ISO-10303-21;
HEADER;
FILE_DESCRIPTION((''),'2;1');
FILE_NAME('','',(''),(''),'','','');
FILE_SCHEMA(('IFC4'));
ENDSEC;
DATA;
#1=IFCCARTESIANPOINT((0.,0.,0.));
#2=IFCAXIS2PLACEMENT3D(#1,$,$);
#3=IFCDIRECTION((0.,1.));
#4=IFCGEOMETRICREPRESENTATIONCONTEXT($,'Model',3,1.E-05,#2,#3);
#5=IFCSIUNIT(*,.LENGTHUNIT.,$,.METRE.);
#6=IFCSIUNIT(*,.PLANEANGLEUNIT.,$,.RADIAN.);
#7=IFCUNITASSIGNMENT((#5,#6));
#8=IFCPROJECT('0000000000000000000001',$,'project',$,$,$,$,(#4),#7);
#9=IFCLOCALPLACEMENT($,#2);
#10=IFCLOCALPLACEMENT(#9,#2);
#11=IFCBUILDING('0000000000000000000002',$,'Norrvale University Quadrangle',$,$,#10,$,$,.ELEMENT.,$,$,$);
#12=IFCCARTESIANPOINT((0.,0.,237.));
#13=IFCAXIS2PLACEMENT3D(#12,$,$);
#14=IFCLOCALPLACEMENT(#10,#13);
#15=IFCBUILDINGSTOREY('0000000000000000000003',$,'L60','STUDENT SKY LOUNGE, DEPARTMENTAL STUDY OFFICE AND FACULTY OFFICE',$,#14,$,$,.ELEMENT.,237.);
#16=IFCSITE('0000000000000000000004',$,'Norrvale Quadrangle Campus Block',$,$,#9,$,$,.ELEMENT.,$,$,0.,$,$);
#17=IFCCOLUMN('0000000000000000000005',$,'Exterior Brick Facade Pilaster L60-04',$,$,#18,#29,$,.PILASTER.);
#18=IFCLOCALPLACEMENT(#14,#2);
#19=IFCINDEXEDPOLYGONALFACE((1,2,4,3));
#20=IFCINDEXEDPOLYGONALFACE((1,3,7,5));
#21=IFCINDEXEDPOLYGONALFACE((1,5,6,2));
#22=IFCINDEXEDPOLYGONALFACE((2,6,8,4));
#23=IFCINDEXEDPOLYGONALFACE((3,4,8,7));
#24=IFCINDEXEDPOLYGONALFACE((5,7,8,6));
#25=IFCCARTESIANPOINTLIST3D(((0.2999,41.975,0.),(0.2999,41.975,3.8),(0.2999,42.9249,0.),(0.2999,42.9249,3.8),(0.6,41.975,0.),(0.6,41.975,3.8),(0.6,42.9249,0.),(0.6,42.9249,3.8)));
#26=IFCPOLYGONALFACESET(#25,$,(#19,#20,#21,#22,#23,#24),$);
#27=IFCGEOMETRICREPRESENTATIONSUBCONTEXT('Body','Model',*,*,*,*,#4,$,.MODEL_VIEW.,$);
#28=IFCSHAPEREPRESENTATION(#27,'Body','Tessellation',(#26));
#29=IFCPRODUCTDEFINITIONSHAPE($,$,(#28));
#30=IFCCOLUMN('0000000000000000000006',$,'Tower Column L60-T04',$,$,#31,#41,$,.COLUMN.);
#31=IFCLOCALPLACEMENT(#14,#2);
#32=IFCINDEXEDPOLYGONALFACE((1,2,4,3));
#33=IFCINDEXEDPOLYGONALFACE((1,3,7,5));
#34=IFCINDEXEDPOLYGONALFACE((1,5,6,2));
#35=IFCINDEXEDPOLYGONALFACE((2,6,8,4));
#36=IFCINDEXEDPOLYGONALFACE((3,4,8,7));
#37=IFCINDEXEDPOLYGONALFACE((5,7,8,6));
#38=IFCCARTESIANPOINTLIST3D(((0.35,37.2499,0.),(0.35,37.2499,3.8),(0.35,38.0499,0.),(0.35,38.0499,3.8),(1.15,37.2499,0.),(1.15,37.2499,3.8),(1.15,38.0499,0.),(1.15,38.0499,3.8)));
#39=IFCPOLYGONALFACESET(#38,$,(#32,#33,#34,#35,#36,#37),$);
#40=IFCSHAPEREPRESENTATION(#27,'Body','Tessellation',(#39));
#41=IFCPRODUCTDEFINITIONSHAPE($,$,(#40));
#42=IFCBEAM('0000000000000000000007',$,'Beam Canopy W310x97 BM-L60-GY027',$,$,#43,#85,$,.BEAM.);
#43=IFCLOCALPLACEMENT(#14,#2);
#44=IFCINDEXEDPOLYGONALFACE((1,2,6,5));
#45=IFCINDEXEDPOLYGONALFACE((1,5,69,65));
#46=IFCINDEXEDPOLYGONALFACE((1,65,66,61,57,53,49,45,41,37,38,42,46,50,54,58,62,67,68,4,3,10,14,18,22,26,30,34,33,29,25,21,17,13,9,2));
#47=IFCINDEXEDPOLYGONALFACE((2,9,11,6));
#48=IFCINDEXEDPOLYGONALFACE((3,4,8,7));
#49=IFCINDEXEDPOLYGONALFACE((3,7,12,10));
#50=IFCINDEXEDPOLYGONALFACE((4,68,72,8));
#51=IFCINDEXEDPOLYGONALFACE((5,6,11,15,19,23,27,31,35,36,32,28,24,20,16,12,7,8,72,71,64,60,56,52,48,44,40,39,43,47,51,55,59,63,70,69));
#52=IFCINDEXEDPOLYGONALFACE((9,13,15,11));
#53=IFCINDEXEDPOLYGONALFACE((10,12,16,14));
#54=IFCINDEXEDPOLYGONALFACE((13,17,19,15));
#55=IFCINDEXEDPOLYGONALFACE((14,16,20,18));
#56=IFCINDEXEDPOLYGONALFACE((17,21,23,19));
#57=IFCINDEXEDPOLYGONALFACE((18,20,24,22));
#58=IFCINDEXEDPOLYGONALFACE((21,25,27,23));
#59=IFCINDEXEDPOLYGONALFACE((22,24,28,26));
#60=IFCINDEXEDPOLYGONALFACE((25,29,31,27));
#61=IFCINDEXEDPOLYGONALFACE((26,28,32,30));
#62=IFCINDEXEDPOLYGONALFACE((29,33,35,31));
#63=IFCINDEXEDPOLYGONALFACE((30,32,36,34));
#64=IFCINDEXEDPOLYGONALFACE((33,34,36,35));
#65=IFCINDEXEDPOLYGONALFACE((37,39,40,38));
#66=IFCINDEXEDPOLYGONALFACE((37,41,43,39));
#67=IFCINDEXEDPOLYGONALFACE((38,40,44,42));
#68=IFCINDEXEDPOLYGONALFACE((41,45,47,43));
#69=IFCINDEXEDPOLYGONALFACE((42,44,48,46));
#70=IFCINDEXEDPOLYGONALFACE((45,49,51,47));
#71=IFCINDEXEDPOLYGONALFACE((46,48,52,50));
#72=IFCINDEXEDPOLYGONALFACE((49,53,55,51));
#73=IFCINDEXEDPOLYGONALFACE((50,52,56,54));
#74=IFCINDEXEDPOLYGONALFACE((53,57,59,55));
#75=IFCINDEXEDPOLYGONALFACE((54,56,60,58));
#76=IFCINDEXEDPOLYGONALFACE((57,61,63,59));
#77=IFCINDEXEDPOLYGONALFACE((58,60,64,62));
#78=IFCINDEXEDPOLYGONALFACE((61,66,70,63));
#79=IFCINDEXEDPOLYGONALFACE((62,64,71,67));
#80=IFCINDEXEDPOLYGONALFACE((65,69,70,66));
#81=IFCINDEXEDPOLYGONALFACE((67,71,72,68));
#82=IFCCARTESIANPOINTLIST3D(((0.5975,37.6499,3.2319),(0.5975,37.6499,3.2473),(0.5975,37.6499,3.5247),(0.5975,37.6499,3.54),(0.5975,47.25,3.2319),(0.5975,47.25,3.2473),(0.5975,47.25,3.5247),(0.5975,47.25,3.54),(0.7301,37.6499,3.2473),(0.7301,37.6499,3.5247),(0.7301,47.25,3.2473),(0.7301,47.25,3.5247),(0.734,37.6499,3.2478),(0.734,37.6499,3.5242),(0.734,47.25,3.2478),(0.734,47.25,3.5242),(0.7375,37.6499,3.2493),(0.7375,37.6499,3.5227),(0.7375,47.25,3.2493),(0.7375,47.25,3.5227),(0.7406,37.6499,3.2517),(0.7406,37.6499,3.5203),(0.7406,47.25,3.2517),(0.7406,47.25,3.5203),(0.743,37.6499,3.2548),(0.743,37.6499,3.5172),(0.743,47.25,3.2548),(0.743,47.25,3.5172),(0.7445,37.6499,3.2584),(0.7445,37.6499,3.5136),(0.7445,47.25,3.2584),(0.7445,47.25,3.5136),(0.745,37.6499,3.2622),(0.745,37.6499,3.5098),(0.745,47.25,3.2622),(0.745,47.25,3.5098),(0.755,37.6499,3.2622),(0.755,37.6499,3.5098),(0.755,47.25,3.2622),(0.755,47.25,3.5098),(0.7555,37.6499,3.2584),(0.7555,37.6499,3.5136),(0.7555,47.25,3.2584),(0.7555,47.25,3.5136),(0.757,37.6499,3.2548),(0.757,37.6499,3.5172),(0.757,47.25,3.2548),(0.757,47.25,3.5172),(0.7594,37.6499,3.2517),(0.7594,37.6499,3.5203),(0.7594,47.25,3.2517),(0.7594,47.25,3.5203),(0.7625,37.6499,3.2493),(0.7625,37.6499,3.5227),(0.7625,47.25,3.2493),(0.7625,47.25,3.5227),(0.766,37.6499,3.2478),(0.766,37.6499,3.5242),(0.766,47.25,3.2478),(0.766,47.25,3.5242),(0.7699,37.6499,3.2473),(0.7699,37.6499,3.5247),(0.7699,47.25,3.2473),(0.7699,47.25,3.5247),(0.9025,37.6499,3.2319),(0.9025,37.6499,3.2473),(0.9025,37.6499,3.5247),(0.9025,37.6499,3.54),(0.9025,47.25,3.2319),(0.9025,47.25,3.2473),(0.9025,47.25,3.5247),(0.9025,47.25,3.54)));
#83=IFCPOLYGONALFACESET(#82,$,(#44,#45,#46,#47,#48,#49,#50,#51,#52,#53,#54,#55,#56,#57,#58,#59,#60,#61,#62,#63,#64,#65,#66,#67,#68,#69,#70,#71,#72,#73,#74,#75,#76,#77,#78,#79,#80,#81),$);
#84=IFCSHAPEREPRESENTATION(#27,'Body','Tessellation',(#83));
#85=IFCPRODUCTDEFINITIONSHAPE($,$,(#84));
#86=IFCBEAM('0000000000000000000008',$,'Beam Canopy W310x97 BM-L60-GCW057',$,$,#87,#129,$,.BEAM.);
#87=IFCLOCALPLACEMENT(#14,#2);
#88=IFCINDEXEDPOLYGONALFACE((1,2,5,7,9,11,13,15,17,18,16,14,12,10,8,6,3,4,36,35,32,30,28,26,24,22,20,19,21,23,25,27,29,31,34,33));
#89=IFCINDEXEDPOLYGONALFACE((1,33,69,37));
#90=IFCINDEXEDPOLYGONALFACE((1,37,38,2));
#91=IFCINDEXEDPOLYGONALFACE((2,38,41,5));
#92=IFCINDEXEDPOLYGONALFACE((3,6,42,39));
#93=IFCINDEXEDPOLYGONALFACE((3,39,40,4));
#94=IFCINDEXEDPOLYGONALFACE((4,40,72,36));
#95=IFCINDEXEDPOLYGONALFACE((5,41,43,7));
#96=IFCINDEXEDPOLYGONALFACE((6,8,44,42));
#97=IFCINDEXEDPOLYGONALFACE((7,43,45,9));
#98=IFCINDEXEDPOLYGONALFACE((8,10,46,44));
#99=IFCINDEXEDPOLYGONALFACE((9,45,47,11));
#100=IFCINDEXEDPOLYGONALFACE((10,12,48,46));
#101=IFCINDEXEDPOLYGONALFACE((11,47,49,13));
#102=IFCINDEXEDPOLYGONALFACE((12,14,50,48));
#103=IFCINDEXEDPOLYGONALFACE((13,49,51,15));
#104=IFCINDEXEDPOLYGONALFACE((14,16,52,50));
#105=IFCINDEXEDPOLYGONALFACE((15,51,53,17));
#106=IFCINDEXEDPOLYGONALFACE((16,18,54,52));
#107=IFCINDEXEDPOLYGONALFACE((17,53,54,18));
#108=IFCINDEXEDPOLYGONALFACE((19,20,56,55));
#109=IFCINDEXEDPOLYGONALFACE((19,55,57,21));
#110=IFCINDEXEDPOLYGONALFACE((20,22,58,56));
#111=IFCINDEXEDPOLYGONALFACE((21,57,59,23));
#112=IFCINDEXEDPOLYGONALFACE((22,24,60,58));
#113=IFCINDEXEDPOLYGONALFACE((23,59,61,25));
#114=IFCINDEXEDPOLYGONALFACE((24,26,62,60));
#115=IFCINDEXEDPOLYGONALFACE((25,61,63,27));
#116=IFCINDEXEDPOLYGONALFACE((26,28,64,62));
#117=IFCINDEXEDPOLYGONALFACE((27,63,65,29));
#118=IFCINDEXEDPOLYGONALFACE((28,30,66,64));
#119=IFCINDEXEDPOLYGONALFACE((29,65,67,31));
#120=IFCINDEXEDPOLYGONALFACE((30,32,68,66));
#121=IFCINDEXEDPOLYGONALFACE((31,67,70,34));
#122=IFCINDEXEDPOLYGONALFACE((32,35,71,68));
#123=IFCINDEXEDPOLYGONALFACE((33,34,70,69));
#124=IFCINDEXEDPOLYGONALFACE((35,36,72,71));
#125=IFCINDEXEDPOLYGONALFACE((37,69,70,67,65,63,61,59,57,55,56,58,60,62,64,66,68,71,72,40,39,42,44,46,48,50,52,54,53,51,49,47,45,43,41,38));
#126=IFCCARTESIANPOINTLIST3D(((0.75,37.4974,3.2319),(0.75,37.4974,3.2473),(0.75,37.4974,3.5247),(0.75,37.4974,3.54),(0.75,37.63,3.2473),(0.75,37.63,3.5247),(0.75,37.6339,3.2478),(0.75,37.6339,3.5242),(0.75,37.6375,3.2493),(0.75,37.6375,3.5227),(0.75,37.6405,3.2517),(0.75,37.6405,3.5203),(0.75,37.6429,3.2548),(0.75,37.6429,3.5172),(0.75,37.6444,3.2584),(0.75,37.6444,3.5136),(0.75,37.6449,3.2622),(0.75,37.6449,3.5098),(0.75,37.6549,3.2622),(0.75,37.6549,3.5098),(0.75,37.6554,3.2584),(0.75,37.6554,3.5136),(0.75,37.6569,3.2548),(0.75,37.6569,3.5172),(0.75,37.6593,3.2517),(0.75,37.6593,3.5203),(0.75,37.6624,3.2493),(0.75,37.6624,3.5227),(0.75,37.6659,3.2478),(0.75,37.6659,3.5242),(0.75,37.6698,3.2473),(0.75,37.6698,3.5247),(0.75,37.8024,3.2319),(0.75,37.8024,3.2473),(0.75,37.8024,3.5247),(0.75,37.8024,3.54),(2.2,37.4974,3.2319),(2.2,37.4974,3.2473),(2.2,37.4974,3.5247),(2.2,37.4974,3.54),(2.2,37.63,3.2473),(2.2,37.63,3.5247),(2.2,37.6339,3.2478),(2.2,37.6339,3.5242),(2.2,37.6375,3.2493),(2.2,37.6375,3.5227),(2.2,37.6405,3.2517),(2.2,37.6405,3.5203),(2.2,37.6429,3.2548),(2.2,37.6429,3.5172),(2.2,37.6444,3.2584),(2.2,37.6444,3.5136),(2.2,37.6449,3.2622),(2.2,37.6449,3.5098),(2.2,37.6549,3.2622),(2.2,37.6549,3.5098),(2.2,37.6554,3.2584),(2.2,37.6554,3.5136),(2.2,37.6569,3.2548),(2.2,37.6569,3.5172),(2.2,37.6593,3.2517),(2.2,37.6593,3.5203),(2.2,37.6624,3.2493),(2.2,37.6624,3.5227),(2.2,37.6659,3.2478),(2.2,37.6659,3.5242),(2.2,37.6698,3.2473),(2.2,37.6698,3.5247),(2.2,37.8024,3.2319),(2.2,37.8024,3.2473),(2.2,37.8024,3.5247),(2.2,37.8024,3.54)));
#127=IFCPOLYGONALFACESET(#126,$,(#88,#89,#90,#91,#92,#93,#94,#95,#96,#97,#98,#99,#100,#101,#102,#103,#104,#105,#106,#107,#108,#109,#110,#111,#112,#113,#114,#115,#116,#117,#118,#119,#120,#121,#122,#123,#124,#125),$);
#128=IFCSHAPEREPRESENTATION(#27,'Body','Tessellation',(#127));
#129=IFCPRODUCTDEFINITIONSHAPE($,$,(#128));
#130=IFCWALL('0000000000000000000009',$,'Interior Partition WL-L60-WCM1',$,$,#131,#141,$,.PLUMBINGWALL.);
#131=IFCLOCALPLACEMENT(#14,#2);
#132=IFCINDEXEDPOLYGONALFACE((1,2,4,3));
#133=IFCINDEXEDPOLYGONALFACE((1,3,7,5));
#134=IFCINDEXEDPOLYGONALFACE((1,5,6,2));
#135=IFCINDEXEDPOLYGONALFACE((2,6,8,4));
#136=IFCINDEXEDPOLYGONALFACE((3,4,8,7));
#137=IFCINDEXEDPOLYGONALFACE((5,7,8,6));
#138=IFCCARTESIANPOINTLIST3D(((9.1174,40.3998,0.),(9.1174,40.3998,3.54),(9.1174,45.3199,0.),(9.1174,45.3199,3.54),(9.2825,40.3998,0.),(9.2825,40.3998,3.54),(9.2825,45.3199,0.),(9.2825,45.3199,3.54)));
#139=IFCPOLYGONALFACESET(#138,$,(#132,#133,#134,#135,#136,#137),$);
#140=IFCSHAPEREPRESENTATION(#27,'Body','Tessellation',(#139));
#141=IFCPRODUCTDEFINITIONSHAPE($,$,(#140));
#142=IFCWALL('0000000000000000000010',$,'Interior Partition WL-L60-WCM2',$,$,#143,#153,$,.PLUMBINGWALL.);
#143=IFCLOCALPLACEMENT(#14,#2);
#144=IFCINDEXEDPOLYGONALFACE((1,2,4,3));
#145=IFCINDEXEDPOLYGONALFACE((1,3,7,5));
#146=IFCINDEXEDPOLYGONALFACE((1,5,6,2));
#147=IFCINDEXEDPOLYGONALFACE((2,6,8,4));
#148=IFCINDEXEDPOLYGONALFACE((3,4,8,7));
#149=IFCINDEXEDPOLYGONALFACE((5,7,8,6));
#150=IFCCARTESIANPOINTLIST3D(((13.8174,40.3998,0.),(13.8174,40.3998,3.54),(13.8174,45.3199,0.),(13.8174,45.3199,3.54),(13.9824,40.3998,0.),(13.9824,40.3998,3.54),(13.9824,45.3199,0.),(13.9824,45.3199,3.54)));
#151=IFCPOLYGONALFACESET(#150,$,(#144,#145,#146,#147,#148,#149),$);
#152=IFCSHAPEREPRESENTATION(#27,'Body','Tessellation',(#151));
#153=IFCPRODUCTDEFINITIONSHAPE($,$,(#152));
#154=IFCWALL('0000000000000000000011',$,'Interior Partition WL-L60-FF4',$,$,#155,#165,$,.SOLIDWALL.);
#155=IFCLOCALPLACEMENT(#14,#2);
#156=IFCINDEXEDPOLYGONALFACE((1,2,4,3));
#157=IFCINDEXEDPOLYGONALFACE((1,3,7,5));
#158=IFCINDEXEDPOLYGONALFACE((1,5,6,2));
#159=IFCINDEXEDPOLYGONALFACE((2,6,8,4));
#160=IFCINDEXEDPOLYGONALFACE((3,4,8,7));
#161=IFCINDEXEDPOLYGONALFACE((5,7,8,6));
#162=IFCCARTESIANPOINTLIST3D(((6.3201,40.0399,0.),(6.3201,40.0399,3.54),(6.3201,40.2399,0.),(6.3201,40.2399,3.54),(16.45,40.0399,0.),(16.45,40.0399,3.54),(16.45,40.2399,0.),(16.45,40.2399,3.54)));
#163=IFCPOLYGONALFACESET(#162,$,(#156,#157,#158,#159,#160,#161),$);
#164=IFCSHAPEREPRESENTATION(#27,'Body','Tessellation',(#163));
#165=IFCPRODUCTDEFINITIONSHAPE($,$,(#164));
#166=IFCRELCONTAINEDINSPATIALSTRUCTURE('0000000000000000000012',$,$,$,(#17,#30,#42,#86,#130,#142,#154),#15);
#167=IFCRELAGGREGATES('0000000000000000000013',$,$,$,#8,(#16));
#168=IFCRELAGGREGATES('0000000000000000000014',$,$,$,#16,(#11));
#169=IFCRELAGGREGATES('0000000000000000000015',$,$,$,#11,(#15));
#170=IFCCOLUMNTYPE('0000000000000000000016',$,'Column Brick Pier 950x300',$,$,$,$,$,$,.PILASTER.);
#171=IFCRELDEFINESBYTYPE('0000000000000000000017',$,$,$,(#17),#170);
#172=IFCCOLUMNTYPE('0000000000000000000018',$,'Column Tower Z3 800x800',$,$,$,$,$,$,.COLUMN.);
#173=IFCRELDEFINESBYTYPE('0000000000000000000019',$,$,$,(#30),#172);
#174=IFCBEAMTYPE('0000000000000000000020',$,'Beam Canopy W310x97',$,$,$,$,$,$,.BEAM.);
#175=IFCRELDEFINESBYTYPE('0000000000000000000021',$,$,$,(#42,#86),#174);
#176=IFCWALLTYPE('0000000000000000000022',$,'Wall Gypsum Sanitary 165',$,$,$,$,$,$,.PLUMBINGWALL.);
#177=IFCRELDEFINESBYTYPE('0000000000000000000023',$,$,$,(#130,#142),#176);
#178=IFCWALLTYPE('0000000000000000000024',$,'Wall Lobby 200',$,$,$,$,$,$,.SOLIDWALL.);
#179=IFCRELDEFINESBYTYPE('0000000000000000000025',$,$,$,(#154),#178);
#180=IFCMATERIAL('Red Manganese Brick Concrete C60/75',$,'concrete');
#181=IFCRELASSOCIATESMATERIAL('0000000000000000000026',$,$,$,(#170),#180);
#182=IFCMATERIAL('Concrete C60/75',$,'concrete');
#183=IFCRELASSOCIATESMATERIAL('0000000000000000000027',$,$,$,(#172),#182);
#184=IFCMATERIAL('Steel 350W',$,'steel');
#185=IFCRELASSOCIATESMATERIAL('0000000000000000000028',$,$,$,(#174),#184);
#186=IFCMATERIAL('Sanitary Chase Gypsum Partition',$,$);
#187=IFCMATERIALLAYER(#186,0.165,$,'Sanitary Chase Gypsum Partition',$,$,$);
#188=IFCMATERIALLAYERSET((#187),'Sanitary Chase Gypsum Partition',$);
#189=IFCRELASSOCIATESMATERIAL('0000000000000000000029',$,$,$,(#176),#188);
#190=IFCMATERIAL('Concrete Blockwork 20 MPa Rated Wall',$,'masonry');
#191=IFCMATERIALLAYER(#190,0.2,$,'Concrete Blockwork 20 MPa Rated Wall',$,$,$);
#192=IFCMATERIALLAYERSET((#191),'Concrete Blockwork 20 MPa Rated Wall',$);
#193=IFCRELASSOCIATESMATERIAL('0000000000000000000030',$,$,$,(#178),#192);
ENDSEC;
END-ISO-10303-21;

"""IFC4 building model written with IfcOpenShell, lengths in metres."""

from ifc_helpers import new_model, si_unit, direction, frame, frame_2d, origin, origin_2d, place, context, subcontext, project, spatial, rectangle, i_section, extrude, material, layer, layer_set, material_profile, profile_set, type_object, element, save


model = new_model("IFC4")

# Units and contexts
model_context = context("Model", 3, precision=1e-05, world=origin(), true_north=direction((0.0, 1.0)))
body_context = subcontext(model_context, "Body", "Model", "MODEL_VIEW")
ifc_project = project(units=[si_unit("LENGTHUNIT", "METRE"), si_unit("PLANEANGLEUNIT", "RADIAN")], contexts=[model_context])

# Site, building, storey
site_placement = place(None, origin())
site = spatial("IfcSite", under=ifc_project, at=site_placement, Name="Norrvale Quadrangle Campus Block", CompositionType="ELEMENT", RefElevation=0.0)
building_placement = place(site_placement, origin())
building = spatial("IfcBuilding", under=site, at=building_placement, Name="Norrvale University Quadrangle", CompositionType="ELEMENT")
storey_placement = place(building_placement, frame((0.0, 0.0, 237.0)))
storey = spatial("IfcBuildingStorey", under=building, at=storey_placement, Name="L60", Description="STUDENT SKY LOUNGE, DEPARTMENTAL STUDY OFFICE AND FACULTY OFFICE", CompositionType="ELEMENT", Elevation=237.0)

# Columns
ifc_material_1 = material(Name="Red Manganese Brick Concrete C60/75", Category="concrete")
ifc_material_profile_1 = material_profile(ifc_material_1, rectangle(XDim=0.95, YDim=0.3, at=origin_2d()), Name="Red Manganese Brick Concrete C60/75")
ifc_profile_set_1 = profile_set([ifc_material_profile_1], Name="Red Manganese Brick Concrete C60/75")
column_type_1 = type_object("IfcColumnType", Name="Column Brick Pier 950x300", PredefinedType="PILASTER", material=ifc_profile_set_1)
column_1_placement = place(storey_placement, frame((0.45, 42.45, 0.0), z_axis=(0.0, 0.0, 1.0), x_axis=(0.0, 1.0, 0.0)))
element("IfcColumn", 1, at=column_1_placement, inside=storey, type_object=column_type_1, Name="Exterior Brick Facade Pilaster L60-04", PredefinedType="PILASTER", context=body_context, shape_type="SweptSolid", body=[
    extrude(rectangle(XDim=0.95, YDim=0.3, at=origin_2d()), origin(), (0.0, 0.0, 1.0), 3.8),
])
ifc_material_2 = material(Name="Concrete C60/75", Category="concrete")
ifc_material_profile_2 = material_profile(ifc_material_2, rectangle(XDim=0.8, YDim=0.8, at=origin_2d()), Name="Concrete C60/75")
ifc_profile_set_2 = profile_set([ifc_material_profile_2], Name="Concrete C60/75")
column_type_2 = type_object("IfcColumnType", Name="Column Tower Z3 800x800", PredefinedType="COLUMN", material=ifc_profile_set_2)
column_2_placement = place(storey_placement, frame((0.75, 37.6499, 0.0), z_axis=(0.0, 0.0, 1.0), x_axis=(1.0, 0.0, 0.0)))
element("IfcColumn", 2, at=column_2_placement, inside=storey, type_object=column_type_2, Name="Tower Column L60-T04", PredefinedType="COLUMN", context=body_context, shape_type="SweptSolid", body=[
    extrude(rectangle(XDim=0.8, YDim=0.8, at=origin_2d()), origin(), (0.0, 0.0, 1.0), 3.8),
])

# Beams
ifc_material_3 = material(Name="Steel 350W", Category="steel")
ifc_material_profile_3 = material_profile(ifc_material_3, i_section(OverallWidth=0.3049, OverallDepth=0.3081, WebThickness=0.01, FlangeThickness=0.0154, FilletRadius=0.0149, at=origin_2d()), Name="Steel 350W")
ifc_profile_set_3 = profile_set([ifc_material_profile_3], Name="Steel 350W")
beam_type = type_object("IfcBeamType", Name="Beam Canopy W310x97", PredefinedType="BEAM", material=ifc_profile_set_3)
beam_1_placement = place(storey_placement, frame((0.75, 37.6499, 3.386), z_axis=(0.0, 1.0, 0.0), x_axis=(-1.0, 0.0, 0.0)))
element("IfcBeam", 3, at=beam_1_placement, inside=storey, type_object=beam_type, Name="Beam Canopy W310x97 BM-L60-GY027", PredefinedType="BEAM", context=body_context, shape_type="SweptSolid", body=[
    extrude(i_section(OverallWidth=0.3049, OverallDepth=0.3081, WebThickness=0.01, FlangeThickness=0.0154, FilletRadius=0.0149, at=origin_2d()), origin(), (0.0, 0.0, 1.0), 9.6001),
])
beam_2_placement = place(storey_placement, frame((0.75, 37.6499, 3.386), z_axis=(1.0, 0.0, 0.0), x_axis=(0.0, 1.0, 0.0)))
element("IfcBeam", 4, at=beam_2_placement, inside=storey, type_object=beam_type, Name="Beam Canopy W310x97 BM-L60-GCW057", PredefinedType="BEAM", context=body_context, shape_type="SweptSolid", body=[
    extrude(i_section(OverallWidth=0.3049, OverallDepth=0.3081, WebThickness=0.01, FlangeThickness=0.0154, FilletRadius=0.0149, at=origin_2d()), origin(), (0.0, 0.0, 1.0), 1.45),
])

# Walls
ifc_material_4 = material(Name="Sanitary Chase Gypsum Partition")
ifc_layer_1 = layer(ifc_material_4, 0.165, Name="Sanitary Chase Gypsum Partition")
ifc_layer_set_1 = layer_set([ifc_layer_1], Name="Sanitary Chase Gypsum Partition")
wall_type_1 = type_object("IfcWallType", Name="Wall Gypsum Sanitary 165", PredefinedType="PLUMBINGWALL", material=ifc_layer_set_1)
for number, where, z_axis, x_axis, name in (
    (5, (9.2, 40.3999, 0.0), (0.0, 0.0, 1.0), (0.0, 1.0, 0.0), "Interior Partition WL-L60-WCM1"),
    (6, (13.8999, 40.3999, 0.0), (0.0, 0.0, 1.0), (0.0, 1.0, 0.0), "Interior Partition WL-L60-WCM2"),
):
    element("IfcWall", number, at=place(storey_placement, frame(where, z_axis=z_axis, x_axis=x_axis)), inside=storey, type_object=wall_type_1, Name=name, PredefinedType="PLUMBINGWALL", context=body_context, shape_type="SweptSolid", body=[
        extrude(rectangle(XDim=4.9202, YDim=0.165, at=frame_2d((2.46, 0.0))), origin(), (0.0, 0.0, 1.0), 3.54),
    ])
ifc_material_5 = material(Name="Concrete Blockwork 20 MPa Rated Wall", Category="masonry")
ifc_layer_2 = layer(ifc_material_5, 0.2, Name="Concrete Blockwork 20 MPa Rated Wall")
ifc_layer_set_2 = layer_set([ifc_layer_2], Name="Concrete Blockwork 20 MPa Rated Wall")
wall_type_2 = type_object("IfcWallType", Name="Wall Lobby 200", PredefinedType="SOLIDWALL", material=ifc_layer_set_2)
wall_1_placement = place(storey_placement, frame((6.3201, 40.1399, 0.0), z_axis=(0.0, 0.0, 1.0), x_axis=(1.0, 0.0, 0.0)))
element("IfcWall", 7, at=wall_1_placement, inside=storey, type_object=wall_type_2, Name="Interior Partition WL-L60-FF4", PredefinedType="SOLIDWALL", context=body_context, shape_type="SweptSolid", body=[
    extrude(rectangle(XDim=10.1299, YDim=0.2, at=frame_2d((5.0649, 0.0))), origin(), (0.0, 0.0, 1.0), 3.54),
])

save(model, "model.ifc")
